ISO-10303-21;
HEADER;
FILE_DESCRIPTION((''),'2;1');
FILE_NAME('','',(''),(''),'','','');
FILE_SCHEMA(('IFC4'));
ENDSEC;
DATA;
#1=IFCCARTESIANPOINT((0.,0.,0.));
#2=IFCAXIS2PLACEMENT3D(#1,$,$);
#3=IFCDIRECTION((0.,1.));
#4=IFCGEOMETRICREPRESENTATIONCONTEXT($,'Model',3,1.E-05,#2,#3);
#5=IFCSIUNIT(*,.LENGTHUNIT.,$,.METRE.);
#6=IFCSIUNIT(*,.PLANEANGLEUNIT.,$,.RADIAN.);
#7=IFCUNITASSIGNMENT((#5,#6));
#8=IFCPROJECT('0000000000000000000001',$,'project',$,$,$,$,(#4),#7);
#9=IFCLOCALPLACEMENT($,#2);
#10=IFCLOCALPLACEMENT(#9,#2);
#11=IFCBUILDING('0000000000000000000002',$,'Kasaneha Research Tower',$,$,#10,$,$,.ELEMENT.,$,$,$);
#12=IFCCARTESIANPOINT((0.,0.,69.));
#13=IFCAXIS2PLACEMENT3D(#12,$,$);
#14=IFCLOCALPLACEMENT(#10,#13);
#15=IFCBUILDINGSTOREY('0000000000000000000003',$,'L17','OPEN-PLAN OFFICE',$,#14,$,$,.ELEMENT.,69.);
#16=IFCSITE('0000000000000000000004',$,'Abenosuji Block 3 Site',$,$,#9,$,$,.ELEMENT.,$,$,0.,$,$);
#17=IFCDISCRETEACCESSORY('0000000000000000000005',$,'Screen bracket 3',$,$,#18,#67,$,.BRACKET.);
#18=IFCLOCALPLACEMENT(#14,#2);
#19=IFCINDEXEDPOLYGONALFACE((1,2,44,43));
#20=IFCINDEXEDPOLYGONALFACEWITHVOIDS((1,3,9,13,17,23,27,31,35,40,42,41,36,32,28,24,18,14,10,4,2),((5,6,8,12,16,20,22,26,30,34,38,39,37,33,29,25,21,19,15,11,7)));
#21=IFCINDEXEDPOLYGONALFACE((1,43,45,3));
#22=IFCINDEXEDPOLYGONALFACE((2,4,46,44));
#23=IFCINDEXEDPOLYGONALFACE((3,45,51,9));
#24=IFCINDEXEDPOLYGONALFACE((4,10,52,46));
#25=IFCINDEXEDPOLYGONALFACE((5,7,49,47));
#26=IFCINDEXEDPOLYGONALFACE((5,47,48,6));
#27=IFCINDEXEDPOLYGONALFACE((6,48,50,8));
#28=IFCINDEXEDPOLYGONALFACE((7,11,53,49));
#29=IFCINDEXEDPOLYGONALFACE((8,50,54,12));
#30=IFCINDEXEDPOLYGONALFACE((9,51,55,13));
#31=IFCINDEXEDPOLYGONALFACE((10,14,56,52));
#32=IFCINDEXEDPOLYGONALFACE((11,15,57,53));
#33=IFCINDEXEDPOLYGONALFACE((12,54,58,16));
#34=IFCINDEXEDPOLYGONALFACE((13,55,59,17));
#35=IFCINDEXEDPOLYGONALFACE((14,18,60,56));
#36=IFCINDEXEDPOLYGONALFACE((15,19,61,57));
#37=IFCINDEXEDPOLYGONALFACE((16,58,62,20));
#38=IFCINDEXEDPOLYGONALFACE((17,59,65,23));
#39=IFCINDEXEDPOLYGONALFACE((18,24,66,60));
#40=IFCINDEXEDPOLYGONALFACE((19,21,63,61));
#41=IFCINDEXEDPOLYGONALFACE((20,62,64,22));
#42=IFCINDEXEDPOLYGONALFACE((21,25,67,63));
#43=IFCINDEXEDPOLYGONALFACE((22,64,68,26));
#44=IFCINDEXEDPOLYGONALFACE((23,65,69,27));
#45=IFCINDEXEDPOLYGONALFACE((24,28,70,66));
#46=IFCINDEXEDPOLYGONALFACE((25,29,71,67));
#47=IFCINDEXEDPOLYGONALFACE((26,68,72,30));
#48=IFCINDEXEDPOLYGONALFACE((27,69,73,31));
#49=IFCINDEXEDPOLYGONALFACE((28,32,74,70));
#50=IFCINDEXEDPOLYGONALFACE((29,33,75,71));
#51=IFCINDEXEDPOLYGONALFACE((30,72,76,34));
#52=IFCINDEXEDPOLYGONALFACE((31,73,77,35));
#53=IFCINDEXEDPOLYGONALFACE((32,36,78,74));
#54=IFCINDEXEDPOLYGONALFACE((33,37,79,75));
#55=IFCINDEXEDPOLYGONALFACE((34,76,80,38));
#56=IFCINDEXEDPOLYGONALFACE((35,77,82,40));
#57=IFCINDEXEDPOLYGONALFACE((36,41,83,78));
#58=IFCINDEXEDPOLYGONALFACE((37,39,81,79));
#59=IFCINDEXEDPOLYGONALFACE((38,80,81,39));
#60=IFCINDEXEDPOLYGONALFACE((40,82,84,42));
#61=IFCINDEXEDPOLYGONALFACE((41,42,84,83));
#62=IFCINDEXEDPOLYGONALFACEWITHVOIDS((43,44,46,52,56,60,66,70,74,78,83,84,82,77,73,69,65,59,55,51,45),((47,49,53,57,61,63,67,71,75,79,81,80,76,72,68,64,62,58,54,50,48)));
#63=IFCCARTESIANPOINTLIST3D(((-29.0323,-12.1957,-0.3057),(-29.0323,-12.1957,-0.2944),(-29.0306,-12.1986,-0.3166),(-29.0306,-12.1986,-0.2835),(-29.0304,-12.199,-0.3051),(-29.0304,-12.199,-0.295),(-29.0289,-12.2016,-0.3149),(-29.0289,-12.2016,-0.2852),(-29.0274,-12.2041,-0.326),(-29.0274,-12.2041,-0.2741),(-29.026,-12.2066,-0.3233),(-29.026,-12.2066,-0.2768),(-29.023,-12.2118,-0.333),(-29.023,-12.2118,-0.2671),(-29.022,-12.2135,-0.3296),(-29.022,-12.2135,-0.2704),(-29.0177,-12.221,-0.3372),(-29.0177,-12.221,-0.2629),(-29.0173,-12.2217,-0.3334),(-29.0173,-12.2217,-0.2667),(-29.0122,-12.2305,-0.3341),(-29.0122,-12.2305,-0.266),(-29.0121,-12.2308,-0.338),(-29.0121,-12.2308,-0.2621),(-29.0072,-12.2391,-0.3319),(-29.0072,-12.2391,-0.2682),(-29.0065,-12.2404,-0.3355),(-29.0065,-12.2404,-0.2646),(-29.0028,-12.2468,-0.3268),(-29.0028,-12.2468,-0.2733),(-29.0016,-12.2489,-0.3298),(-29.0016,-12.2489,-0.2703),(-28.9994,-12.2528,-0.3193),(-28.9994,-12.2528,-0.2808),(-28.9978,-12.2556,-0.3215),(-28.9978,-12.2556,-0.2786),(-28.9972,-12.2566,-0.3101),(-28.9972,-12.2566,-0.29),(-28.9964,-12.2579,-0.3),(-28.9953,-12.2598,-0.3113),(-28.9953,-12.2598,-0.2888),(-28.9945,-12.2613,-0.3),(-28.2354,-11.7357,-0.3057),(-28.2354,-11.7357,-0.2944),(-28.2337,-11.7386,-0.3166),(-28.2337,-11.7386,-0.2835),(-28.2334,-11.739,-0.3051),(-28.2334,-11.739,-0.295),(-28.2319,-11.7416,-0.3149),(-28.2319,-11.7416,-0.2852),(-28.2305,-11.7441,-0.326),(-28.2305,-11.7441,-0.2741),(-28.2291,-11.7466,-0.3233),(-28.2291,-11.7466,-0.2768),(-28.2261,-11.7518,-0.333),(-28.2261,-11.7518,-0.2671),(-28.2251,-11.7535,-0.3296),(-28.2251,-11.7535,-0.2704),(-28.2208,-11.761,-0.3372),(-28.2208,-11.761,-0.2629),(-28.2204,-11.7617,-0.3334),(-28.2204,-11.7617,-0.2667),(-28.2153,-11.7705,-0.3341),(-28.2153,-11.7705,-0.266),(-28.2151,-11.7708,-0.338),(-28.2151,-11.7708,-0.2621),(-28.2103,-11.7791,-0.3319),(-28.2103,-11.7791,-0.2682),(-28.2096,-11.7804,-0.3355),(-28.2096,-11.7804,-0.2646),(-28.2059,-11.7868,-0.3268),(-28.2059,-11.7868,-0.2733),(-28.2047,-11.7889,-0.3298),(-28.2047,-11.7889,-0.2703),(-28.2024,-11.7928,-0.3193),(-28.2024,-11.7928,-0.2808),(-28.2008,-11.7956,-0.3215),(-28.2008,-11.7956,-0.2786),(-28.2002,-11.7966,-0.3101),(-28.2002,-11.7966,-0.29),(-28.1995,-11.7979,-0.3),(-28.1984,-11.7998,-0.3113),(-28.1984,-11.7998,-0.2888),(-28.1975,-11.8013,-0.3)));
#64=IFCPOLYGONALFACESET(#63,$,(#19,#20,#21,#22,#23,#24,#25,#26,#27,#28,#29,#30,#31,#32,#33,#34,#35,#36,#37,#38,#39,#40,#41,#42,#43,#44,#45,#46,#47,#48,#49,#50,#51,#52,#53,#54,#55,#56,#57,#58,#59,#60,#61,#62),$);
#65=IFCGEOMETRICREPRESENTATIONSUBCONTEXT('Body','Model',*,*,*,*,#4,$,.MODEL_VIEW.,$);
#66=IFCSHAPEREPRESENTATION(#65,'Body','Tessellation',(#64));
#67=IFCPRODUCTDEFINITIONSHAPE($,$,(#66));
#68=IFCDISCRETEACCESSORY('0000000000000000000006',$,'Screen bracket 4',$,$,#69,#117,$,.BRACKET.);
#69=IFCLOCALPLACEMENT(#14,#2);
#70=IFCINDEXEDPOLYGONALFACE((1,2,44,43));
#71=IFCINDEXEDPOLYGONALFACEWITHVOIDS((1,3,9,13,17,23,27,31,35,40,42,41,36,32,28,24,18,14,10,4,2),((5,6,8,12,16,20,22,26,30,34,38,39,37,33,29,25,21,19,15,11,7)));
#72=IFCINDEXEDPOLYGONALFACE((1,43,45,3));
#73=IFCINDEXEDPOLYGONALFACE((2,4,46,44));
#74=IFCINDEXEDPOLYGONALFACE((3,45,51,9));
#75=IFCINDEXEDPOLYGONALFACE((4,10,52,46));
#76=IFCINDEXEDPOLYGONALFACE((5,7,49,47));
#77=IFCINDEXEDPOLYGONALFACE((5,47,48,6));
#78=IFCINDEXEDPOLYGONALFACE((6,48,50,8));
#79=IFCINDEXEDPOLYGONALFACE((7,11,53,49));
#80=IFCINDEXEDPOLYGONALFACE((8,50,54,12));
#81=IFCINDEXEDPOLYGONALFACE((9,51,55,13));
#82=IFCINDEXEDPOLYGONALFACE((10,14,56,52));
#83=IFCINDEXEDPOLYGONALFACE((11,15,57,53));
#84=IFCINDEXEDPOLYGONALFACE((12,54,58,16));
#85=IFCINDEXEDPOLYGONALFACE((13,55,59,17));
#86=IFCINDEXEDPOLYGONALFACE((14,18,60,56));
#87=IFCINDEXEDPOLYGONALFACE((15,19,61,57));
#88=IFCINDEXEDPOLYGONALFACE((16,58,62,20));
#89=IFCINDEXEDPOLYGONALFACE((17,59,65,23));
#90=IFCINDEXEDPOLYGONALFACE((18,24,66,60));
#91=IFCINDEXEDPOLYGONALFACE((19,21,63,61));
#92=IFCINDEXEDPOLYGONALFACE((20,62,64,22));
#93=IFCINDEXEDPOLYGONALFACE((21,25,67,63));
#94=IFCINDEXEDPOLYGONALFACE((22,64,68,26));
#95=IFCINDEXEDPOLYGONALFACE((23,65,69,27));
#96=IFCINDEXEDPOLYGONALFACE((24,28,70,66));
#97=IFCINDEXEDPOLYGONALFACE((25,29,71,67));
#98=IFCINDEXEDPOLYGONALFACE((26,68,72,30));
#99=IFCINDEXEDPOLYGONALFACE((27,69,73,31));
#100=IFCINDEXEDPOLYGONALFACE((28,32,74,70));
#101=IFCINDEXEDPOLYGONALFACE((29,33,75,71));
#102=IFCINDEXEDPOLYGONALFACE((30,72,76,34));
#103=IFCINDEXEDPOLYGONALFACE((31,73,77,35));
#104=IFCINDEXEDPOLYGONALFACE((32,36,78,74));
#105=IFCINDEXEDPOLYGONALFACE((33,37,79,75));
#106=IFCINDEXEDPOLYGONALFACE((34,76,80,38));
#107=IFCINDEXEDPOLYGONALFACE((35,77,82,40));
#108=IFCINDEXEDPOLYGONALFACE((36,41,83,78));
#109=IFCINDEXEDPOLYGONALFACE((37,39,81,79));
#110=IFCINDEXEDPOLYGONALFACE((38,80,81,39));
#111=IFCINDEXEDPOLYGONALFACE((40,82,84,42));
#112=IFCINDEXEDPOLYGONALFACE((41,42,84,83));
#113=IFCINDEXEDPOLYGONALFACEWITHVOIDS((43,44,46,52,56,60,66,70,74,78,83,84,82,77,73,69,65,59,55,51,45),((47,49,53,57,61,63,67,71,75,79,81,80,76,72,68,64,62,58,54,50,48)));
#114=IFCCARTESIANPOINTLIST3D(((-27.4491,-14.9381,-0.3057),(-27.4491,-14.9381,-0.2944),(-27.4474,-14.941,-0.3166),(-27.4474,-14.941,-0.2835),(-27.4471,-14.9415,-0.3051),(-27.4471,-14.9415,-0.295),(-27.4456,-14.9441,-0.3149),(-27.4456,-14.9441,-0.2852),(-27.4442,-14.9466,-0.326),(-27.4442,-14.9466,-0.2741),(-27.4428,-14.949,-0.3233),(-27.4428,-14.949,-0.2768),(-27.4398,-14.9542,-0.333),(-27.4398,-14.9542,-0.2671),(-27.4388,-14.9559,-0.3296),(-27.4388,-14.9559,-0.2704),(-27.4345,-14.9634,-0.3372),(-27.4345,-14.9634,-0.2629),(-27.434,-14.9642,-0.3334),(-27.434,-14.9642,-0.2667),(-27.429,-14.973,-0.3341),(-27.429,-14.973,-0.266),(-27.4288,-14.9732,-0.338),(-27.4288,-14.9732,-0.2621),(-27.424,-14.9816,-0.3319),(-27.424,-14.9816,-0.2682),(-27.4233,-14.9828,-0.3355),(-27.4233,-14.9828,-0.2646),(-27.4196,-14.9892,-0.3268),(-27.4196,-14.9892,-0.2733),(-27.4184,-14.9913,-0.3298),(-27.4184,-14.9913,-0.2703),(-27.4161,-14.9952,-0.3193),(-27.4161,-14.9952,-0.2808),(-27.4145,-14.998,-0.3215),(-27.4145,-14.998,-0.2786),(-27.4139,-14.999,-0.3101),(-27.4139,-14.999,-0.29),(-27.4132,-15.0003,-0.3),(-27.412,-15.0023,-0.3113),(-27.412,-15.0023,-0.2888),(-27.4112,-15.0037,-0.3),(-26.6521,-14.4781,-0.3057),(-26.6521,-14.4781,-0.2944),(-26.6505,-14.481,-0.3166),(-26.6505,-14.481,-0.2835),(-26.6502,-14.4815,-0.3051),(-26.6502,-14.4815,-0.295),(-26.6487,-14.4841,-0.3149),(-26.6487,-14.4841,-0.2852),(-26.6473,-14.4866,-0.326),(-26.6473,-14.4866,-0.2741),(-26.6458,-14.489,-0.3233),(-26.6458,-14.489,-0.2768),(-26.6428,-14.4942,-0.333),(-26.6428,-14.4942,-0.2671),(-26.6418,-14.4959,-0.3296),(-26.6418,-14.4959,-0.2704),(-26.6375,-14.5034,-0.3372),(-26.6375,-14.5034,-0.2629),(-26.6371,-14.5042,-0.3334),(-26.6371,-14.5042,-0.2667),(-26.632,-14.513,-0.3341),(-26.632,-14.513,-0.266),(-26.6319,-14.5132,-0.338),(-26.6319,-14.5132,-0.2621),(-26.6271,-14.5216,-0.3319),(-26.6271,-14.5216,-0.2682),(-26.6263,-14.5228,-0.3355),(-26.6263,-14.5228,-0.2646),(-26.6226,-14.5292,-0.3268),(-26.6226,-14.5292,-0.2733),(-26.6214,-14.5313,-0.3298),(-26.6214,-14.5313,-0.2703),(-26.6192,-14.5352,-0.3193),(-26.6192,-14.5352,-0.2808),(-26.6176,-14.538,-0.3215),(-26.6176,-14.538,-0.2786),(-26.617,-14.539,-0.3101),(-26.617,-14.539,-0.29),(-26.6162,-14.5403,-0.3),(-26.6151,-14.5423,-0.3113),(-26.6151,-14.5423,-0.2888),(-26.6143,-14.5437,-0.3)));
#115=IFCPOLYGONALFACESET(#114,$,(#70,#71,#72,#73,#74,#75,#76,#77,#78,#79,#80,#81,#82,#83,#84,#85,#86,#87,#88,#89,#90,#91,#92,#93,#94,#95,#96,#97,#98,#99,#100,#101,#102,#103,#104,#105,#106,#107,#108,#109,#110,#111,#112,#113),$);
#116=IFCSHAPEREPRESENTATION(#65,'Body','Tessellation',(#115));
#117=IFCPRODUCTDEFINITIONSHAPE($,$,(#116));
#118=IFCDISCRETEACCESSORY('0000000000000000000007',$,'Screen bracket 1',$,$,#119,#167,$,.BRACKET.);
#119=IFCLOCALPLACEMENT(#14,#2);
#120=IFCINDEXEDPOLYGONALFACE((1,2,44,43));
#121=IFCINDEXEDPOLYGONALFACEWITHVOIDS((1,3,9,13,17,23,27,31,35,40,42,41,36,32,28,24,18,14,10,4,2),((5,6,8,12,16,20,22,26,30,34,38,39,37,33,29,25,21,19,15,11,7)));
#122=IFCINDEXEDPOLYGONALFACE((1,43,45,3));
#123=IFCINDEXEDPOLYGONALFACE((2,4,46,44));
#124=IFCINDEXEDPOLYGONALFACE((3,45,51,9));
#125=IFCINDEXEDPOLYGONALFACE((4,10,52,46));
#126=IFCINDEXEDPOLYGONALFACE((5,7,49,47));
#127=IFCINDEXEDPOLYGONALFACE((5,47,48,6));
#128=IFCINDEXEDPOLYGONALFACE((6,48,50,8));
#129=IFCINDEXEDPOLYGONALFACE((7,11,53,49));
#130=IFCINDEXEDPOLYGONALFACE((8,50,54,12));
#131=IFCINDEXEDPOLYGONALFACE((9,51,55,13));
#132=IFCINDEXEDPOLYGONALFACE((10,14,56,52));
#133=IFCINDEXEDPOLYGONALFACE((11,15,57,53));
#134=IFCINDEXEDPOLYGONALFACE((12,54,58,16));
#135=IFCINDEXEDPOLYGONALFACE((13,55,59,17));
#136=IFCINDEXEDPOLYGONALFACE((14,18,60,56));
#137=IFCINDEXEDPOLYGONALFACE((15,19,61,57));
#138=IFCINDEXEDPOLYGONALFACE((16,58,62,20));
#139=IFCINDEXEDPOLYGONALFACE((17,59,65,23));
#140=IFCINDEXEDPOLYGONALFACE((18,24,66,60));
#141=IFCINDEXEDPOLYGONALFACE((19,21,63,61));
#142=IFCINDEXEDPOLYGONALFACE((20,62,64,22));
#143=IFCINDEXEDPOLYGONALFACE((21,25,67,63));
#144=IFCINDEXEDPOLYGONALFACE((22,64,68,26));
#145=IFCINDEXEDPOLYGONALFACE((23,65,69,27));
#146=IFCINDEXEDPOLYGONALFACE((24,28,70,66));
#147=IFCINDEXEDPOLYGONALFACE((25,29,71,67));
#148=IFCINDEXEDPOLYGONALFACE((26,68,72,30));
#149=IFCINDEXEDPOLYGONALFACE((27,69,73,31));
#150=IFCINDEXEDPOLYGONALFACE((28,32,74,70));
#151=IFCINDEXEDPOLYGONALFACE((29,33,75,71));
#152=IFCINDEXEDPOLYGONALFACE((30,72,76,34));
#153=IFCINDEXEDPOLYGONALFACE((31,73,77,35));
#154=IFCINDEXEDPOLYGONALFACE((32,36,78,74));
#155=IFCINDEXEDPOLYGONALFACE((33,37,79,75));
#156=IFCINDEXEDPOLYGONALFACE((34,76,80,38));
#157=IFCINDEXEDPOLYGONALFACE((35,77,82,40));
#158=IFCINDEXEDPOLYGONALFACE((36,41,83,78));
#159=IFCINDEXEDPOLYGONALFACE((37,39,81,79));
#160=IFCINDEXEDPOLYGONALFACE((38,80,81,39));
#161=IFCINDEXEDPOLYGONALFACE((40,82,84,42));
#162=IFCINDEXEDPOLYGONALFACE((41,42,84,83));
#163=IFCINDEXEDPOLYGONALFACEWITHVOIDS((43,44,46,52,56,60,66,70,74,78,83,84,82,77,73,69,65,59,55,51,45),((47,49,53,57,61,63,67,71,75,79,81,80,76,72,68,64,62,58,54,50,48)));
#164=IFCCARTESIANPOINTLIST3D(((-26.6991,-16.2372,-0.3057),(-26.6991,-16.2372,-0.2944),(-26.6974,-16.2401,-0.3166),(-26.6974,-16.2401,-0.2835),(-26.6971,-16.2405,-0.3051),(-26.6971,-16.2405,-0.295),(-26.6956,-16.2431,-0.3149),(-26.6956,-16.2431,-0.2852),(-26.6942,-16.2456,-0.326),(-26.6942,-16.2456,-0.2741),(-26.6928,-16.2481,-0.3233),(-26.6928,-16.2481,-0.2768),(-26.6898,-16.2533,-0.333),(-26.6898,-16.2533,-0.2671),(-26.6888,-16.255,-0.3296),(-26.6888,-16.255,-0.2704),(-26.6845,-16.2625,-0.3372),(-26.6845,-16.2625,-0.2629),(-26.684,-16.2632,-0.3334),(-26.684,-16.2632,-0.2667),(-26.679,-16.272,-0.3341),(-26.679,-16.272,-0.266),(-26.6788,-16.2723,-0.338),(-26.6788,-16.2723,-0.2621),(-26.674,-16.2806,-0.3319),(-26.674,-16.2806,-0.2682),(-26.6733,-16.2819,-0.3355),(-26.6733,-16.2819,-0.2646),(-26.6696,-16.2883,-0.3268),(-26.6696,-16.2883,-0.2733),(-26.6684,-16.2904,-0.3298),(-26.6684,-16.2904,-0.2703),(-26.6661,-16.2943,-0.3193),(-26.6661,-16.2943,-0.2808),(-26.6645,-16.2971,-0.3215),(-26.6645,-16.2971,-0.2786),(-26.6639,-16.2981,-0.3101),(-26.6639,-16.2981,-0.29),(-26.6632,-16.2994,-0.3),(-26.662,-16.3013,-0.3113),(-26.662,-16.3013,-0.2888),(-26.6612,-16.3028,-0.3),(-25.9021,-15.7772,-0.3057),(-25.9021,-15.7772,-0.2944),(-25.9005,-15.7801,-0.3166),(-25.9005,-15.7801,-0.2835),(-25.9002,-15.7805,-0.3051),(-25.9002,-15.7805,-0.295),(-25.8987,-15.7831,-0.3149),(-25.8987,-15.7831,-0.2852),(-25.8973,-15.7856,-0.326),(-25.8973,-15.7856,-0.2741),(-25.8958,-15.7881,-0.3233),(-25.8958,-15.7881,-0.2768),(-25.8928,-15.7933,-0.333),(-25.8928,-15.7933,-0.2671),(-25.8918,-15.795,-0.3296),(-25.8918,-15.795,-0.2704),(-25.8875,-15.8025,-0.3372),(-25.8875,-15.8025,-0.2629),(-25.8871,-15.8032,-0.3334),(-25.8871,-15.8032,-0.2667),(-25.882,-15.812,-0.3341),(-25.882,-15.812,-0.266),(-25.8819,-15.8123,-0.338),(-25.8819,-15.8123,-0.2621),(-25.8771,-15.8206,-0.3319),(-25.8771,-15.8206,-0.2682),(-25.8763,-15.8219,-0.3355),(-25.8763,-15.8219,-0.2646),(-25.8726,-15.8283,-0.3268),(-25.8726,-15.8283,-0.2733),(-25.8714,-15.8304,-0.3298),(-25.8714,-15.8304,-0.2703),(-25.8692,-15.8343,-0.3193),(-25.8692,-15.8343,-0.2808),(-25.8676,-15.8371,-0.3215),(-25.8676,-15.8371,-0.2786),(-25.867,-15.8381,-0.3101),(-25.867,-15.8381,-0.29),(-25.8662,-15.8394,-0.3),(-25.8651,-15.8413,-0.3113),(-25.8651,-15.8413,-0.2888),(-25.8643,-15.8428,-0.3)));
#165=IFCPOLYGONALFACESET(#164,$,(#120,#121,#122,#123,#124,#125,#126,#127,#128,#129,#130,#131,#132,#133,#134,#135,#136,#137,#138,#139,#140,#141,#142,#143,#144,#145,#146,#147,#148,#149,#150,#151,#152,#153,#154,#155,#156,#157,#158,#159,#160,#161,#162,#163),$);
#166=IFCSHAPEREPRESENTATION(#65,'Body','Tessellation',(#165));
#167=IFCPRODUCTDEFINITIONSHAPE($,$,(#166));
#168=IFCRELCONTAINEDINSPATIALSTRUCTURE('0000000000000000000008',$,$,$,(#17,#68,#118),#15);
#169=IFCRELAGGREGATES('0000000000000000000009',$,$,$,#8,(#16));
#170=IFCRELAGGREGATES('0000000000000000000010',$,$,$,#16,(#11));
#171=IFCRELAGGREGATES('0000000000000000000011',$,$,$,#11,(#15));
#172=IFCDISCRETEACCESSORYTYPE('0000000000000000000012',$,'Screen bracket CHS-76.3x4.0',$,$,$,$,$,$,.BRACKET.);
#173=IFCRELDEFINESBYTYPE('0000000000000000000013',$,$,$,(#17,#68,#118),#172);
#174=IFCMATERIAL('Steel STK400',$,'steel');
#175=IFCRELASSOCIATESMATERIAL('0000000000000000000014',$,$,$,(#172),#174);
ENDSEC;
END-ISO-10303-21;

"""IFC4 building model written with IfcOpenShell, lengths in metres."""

from ifc_helpers import new_model, si_unit, direction, frame, origin, origin_2d, place, context, subcontext, project, spatial, hollow_circle, extrude, material, material_profile, profile_set, type_object, element, save


model = new_model("IFC4")

# Units and contexts
model_context = context("Model", 3, precision=1e-05, world=origin(), true_north=direction((0.0, 1.0)))
body_context = subcontext(model_context, "Body", "Model", "MODEL_VIEW")
ifc_project = project(units=[si_unit("LENGTHUNIT", "METRE"), si_unit("PLANEANGLEUNIT", "RADIAN")], contexts=[model_context])

# Site, building, storey
site_placement = place(None, origin())
site = spatial("IfcSite", under=ifc_project, at=site_placement, Name="Abenosuji Block 3 Site", CompositionType="ELEMENT", RefElevation=0.0)
building_placement = place(site_placement, origin())
building = spatial("IfcBuilding", under=site, at=building_placement, Name="Kasaneha Research Tower", CompositionType="ELEMENT")
storey_placement = place(building_placement, frame((0.0, 0.0, 69.0)))
storey = spatial("IfcBuildingStorey", under=building, at=storey_placement, Name="L17", Description="OPEN-PLAN OFFICE", CompositionType="ELEMENT", Elevation=69.0)

# Discrete accessories
ifc_material_1 = material(Name="Steel STK400", Category="steel")
ifc_material_profile_1 = material_profile(ifc_material_1, hollow_circle(Radius=0.0381, WallThickness=0.0039, at=origin_2d()), Name="CHS-76.3x4.0")
ifc_profile_set_1 = profile_set([ifc_material_profile_1], Name="Steel STK400")
discrete_accessory_type = type_object("IfcDiscreteAccessoryType", Name="Screen bracket CHS-76.3x4.0", PredefinedType="BRACKET", material=ifc_profile_set_1)
for number, where, z_axis, x_axis, name in (
    (1, (-28.2166, -11.7683, -0.3), (-0.86608, -0.499906, 0.0), (0.499906, -0.86608, 0.0), "Screen bracket 3"),
    (2, (-26.6333, -14.5107, -0.3), (-0.86608, -0.499906, 0.0), (0.499906, -0.86608, 0.0), "Screen bracket 4"),
    (3, (-25.8833, -15.8098, -0.3), (-0.86608, -0.499906, 0.0), (0.499906, -0.86608, 0.0), "Screen bracket 1"),
):
    element("IfcDiscreteAccessory", number, at=place(storey_placement, frame(where, z_axis=z_axis, x_axis=x_axis)), inside=storey, type_object=discrete_accessory_type, Name=name, PredefinedType="BRACKET", context=body_context, shape_type="SweptSolid", body=[
        extrude(hollow_circle(Radius=0.0381, WallThickness=0.0039, at=origin_2d()), origin(), (0.0, 0.0, 1.0), 0.9202),
    ])

save(model, "model.ifc")
